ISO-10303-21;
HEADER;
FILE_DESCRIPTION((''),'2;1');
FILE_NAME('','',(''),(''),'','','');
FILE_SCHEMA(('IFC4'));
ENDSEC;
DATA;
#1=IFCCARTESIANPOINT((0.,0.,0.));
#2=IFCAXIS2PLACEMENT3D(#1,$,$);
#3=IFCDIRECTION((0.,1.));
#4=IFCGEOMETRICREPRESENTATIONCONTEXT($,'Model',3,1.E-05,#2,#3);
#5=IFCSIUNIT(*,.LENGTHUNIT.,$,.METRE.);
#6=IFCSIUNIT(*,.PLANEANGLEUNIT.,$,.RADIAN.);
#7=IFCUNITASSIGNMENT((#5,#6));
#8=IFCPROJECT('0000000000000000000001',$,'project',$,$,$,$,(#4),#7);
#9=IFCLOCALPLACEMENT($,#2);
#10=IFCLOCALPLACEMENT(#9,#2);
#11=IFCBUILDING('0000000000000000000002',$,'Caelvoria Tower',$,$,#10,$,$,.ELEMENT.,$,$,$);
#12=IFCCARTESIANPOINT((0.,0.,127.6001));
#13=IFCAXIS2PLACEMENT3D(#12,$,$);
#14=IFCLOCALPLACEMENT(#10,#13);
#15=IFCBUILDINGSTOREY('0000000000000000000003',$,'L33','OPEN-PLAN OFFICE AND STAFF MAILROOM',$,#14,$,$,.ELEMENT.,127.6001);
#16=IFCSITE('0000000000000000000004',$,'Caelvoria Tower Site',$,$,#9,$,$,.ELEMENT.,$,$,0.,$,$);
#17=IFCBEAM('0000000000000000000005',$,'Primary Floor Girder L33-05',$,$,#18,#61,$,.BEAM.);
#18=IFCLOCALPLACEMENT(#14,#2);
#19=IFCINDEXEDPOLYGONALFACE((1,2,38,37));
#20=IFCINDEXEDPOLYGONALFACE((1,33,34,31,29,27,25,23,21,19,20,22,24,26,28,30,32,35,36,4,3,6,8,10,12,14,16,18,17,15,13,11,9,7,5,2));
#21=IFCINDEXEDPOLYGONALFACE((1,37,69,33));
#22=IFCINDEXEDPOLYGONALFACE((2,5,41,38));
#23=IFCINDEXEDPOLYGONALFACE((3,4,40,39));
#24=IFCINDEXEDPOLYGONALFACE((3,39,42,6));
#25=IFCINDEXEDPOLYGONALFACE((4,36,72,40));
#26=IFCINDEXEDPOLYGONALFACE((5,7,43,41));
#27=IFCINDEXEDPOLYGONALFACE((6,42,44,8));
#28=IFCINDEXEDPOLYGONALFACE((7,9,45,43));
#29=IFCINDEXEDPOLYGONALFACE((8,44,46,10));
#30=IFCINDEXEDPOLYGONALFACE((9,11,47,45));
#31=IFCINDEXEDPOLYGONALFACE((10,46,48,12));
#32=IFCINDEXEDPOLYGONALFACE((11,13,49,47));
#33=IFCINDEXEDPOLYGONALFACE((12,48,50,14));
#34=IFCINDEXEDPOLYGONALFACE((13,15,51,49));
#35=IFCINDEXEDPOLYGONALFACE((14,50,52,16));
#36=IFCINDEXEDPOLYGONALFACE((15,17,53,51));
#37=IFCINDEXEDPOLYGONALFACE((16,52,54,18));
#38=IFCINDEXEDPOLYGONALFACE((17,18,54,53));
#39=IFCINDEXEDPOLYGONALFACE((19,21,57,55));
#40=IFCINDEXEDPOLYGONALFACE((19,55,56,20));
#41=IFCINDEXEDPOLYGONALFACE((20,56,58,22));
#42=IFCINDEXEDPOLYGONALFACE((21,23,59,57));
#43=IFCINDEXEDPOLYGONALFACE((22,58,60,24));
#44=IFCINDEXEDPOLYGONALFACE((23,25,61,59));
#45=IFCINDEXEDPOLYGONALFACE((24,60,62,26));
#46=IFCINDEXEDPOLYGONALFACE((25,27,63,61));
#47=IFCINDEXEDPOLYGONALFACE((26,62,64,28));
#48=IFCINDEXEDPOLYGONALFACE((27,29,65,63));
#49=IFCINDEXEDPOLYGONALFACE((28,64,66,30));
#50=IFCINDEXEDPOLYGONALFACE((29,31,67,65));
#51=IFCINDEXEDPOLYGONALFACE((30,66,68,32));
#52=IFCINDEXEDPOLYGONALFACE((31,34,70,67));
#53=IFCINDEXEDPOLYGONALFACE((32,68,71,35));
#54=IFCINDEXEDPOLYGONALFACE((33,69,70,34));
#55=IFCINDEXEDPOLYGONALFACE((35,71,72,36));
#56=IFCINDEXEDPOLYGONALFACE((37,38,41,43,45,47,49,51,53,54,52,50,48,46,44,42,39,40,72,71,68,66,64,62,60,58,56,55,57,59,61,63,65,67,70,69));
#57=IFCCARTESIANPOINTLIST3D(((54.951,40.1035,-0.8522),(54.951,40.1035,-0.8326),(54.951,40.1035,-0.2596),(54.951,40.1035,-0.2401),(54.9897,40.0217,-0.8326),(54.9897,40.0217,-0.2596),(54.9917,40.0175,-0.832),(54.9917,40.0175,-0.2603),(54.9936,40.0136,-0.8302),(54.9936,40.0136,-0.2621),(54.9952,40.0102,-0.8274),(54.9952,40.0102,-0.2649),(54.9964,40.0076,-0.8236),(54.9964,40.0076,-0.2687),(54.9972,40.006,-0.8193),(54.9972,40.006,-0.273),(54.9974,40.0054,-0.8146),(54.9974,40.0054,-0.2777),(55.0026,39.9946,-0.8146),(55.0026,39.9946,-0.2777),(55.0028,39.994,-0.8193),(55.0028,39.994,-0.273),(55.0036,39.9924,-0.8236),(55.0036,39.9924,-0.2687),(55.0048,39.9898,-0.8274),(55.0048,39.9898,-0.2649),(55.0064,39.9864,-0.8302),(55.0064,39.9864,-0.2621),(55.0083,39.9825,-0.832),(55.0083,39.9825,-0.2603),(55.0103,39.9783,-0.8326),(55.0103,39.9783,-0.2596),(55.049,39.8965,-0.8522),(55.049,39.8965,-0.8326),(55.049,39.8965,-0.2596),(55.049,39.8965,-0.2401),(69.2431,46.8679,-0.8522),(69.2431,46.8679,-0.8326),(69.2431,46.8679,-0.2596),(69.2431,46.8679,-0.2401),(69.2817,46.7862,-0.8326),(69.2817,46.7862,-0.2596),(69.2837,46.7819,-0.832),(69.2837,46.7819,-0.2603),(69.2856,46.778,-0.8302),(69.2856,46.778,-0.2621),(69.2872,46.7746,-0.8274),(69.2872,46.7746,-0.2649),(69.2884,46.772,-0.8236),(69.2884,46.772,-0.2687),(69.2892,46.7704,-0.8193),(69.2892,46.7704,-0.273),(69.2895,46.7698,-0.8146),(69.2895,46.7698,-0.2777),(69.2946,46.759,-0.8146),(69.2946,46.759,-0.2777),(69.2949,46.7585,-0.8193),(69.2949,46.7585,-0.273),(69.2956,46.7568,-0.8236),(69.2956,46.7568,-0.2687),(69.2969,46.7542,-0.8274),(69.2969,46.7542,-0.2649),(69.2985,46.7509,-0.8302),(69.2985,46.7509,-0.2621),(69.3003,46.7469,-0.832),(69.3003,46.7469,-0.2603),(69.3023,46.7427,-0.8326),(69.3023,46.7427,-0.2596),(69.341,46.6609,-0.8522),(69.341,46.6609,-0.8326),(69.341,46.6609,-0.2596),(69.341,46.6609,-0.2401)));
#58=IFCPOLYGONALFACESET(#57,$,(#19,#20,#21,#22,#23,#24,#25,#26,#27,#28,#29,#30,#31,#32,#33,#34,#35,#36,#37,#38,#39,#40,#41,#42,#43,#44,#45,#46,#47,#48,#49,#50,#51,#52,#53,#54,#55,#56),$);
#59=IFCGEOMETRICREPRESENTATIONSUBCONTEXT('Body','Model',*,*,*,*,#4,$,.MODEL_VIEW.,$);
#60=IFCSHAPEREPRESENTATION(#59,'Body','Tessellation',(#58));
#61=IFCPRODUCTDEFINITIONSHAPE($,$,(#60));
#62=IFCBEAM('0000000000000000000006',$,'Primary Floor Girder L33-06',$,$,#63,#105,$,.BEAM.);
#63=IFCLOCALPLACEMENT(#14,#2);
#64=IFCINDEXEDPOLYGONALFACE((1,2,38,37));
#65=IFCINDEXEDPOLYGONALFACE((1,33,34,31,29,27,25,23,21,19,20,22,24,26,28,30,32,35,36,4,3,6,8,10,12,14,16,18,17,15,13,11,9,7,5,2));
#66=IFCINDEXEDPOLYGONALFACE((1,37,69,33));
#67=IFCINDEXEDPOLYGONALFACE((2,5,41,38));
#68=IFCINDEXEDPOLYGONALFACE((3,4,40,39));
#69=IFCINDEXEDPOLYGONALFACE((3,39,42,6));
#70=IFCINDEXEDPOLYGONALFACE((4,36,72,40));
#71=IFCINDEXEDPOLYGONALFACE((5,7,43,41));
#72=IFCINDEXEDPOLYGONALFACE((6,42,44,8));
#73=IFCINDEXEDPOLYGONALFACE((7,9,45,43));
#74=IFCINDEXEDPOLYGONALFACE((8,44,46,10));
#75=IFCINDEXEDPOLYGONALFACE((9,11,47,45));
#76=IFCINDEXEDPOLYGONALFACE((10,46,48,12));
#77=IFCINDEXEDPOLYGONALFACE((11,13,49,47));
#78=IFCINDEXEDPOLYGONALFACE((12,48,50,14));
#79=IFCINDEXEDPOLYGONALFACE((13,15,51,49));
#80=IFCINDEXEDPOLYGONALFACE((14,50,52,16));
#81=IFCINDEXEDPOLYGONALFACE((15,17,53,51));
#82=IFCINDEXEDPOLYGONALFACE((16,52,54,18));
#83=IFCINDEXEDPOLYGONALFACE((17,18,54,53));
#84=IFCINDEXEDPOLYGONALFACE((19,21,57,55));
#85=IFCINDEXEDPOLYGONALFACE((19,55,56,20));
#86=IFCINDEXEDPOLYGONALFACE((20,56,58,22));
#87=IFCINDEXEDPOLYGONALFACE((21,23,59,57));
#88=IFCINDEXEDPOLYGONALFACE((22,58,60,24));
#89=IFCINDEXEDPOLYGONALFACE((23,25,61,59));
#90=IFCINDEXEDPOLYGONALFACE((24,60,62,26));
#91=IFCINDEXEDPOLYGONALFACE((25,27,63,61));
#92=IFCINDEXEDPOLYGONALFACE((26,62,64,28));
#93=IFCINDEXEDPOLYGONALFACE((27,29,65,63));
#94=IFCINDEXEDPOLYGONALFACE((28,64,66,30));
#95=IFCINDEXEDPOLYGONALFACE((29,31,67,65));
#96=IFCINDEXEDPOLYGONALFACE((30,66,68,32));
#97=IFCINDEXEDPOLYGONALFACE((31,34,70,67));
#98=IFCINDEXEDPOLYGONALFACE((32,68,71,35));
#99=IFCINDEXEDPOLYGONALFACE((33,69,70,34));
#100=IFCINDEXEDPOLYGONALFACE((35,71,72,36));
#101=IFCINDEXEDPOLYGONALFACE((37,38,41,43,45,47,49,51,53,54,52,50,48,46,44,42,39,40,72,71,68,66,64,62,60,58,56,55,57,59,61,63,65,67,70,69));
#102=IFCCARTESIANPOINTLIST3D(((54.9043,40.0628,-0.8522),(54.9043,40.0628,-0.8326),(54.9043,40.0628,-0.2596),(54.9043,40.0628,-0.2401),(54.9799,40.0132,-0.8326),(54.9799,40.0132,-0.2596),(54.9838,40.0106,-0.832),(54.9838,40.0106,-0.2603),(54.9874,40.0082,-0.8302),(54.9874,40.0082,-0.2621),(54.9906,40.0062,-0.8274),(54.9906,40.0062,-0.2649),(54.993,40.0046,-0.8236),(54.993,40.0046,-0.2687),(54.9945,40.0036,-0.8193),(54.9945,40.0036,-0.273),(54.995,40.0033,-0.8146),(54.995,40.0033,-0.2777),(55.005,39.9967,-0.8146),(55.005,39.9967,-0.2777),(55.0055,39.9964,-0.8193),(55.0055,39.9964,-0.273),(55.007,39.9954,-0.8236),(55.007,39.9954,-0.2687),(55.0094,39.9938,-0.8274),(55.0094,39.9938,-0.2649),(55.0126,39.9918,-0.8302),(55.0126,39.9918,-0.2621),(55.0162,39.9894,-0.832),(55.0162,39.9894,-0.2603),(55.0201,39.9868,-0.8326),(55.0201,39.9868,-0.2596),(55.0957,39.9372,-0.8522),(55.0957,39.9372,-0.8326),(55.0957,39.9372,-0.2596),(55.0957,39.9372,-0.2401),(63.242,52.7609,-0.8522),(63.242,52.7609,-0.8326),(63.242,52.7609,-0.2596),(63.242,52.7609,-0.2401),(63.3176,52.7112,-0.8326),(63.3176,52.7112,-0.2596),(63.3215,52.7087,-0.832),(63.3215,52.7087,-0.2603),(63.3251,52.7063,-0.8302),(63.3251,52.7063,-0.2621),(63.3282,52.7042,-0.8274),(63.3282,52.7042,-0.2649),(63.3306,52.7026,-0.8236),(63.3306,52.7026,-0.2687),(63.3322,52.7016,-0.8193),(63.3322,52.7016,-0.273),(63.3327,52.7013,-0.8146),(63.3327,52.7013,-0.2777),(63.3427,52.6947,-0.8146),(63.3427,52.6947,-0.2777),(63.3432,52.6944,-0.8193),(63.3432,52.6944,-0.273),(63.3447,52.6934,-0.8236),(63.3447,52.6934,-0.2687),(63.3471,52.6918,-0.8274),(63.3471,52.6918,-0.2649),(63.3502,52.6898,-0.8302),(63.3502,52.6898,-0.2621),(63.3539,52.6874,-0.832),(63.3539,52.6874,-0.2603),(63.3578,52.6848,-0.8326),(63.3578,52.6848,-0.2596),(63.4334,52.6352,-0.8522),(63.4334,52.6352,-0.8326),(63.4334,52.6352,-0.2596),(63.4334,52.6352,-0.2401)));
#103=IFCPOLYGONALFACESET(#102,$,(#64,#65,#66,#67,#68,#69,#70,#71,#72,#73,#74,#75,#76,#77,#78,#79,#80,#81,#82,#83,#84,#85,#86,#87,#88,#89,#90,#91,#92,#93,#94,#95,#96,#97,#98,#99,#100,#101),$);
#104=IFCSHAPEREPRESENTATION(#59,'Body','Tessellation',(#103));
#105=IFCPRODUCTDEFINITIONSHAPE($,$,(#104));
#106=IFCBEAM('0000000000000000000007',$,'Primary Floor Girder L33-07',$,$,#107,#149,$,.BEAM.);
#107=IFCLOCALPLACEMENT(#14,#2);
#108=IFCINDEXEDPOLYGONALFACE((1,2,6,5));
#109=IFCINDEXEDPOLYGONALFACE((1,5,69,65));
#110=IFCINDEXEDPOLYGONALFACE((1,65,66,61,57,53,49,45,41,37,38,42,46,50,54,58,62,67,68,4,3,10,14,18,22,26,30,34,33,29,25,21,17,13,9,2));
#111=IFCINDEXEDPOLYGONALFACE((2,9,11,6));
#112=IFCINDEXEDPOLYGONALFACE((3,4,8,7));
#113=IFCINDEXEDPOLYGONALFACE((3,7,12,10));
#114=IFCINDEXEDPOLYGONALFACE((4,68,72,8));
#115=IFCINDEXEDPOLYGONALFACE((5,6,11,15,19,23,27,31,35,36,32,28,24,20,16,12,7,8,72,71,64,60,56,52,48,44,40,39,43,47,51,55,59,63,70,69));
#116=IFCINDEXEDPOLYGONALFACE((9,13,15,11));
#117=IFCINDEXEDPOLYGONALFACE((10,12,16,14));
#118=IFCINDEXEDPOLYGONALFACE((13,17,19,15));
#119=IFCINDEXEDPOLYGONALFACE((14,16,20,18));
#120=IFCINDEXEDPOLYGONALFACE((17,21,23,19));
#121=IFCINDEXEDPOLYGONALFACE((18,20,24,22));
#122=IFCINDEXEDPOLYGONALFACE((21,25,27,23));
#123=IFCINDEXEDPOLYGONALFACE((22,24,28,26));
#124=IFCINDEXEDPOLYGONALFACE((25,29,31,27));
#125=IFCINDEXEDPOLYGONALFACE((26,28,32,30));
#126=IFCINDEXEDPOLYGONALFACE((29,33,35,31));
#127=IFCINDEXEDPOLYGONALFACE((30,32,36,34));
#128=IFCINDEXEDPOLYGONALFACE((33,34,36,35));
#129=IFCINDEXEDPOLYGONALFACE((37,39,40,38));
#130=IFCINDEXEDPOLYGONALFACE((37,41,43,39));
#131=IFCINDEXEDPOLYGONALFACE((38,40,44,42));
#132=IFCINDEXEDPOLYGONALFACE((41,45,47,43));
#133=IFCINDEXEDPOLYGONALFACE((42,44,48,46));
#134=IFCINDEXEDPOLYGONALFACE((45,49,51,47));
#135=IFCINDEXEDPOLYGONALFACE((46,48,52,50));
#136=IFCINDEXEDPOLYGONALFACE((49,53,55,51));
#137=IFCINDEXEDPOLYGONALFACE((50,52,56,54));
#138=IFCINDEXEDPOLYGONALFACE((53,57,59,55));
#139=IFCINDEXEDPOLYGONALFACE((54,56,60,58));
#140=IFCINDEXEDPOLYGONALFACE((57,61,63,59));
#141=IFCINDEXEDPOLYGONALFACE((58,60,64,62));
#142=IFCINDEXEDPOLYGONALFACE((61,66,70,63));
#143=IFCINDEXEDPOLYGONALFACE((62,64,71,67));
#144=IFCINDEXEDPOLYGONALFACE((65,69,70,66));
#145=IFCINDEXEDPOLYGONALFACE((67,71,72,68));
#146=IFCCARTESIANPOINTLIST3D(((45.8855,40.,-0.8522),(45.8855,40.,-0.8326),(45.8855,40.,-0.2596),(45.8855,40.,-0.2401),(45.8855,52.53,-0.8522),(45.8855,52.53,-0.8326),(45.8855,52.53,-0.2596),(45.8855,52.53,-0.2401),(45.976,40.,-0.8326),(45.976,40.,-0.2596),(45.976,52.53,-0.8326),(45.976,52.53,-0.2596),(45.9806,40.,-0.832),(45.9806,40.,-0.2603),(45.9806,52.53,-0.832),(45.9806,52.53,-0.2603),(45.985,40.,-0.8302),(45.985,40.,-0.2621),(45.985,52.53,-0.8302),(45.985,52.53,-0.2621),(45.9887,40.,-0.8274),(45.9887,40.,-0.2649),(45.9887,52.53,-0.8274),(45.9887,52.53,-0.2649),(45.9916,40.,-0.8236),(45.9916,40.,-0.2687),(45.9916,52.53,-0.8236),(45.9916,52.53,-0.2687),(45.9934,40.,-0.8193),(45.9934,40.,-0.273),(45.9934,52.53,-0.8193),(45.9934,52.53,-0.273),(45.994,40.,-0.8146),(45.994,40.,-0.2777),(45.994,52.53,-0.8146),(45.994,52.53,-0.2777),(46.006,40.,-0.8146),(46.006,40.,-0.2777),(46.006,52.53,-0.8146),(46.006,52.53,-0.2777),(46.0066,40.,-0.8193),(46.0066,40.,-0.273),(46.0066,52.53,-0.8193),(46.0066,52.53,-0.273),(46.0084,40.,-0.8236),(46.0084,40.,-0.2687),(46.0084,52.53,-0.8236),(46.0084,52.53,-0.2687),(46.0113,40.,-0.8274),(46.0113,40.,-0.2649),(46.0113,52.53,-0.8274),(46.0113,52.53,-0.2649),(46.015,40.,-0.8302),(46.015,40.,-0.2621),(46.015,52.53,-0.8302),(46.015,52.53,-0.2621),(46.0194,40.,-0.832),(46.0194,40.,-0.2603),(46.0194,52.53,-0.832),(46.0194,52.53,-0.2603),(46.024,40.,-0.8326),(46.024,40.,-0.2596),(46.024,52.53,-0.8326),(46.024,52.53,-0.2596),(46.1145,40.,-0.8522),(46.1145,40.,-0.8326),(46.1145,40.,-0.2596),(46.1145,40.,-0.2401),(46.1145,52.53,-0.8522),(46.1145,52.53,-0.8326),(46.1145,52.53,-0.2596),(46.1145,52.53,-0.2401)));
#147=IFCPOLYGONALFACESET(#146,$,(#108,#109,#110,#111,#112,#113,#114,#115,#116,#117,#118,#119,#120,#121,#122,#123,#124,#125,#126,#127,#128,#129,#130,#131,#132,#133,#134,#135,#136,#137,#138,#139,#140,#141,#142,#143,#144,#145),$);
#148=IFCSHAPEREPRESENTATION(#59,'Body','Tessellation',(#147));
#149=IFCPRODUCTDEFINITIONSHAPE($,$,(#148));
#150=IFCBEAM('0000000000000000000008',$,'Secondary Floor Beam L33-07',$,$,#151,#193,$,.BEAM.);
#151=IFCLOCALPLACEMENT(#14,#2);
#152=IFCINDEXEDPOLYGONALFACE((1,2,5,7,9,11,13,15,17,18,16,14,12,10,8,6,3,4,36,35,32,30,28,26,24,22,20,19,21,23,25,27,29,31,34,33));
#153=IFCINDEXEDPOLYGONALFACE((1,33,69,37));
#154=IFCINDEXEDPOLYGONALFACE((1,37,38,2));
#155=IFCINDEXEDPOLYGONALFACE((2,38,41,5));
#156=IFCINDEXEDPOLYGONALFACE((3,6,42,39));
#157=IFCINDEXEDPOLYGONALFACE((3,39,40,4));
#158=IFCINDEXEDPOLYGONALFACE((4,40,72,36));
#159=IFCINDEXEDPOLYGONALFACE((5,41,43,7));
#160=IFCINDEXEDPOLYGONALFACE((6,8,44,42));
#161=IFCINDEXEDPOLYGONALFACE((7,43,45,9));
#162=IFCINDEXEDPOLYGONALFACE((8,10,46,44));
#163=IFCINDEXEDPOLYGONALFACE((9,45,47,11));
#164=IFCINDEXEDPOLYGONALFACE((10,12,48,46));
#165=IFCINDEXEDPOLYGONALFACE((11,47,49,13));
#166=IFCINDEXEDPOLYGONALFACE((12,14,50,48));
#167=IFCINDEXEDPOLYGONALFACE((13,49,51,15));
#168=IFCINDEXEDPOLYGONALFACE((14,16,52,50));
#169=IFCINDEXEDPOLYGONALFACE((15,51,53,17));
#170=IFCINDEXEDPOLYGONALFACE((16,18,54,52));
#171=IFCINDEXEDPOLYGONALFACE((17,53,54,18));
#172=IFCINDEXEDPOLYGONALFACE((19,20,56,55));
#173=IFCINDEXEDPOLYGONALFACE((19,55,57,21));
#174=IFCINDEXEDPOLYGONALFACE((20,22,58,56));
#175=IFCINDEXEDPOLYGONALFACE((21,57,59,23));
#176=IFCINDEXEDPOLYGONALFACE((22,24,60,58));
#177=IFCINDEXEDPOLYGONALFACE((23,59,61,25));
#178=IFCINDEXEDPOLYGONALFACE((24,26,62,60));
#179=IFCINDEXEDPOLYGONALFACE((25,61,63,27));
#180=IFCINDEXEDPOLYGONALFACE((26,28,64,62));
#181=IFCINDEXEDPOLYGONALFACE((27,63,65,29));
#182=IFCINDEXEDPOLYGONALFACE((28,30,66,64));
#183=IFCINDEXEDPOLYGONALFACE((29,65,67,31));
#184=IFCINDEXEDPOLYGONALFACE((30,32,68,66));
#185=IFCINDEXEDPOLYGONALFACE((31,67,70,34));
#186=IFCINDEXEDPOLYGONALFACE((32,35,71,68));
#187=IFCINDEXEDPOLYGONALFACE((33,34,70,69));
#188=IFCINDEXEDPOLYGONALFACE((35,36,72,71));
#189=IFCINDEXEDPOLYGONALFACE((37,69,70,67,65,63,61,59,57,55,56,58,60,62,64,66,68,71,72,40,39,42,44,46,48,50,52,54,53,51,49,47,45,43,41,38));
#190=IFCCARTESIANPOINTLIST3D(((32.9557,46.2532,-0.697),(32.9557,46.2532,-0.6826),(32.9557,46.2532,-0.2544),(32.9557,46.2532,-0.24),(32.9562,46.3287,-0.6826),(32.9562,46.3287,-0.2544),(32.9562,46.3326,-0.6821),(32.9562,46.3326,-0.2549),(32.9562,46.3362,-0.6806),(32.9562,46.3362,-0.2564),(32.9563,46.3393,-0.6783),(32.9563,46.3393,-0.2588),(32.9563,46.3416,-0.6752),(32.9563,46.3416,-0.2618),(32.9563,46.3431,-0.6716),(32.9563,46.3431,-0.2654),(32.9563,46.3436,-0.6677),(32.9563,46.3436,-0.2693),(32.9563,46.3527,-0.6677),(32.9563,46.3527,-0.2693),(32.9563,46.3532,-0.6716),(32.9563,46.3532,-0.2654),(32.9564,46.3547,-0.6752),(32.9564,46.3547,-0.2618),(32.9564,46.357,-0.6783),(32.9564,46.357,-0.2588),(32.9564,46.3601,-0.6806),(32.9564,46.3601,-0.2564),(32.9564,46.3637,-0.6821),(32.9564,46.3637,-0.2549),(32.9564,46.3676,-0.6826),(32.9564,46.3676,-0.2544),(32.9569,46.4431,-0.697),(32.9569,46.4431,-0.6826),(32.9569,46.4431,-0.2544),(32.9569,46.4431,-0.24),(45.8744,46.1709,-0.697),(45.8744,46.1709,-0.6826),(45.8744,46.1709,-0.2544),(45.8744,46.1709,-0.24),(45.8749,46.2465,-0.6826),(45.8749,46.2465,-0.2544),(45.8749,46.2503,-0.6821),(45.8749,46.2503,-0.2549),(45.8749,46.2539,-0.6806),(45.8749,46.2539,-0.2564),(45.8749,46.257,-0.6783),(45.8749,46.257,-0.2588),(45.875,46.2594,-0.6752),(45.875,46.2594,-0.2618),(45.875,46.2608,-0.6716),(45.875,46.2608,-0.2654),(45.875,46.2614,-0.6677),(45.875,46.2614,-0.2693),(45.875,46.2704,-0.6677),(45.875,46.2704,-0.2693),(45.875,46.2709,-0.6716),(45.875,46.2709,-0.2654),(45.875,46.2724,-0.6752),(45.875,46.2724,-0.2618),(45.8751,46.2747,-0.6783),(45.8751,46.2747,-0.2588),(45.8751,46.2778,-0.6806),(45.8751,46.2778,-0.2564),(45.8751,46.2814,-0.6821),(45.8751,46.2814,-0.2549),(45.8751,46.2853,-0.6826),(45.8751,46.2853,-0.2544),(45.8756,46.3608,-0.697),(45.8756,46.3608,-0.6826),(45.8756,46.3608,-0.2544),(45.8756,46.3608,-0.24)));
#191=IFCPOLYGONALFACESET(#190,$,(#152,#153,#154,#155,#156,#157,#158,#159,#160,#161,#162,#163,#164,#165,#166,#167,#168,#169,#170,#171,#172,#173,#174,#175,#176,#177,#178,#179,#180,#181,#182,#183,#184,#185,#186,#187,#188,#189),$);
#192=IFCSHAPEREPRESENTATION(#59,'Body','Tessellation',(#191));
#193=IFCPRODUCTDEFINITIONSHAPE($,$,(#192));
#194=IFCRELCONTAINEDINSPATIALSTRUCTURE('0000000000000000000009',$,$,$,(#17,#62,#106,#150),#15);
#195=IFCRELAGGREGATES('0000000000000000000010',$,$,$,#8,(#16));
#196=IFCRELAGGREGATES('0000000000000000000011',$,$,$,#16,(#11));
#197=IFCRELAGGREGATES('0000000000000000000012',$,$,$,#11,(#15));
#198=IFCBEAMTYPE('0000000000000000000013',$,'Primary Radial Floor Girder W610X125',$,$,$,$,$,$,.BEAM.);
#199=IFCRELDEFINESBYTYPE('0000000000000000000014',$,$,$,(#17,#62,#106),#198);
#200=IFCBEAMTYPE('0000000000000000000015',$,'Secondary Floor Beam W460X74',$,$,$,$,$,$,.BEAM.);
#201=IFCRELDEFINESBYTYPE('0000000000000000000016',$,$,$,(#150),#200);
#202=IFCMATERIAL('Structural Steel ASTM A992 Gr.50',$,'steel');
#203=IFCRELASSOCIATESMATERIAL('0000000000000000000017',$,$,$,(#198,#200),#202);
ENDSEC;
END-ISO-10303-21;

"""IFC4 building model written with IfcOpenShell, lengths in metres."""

from ifc_helpers import new_model, si_unit, direction, frame, origin, origin_2d, place, context, subcontext, project, spatial, i_section, extrude, material, material_profile, profile_set, type_object, element, save


model = new_model("IFC4")

# Units and contexts
model_context = context("Model", 3, precision=1e-05, world=origin(), true_north=direction((0.0, 1.0)))
body_context = subcontext(model_context, "Body", "Model", "MODEL_VIEW")
ifc_project = project(units=[si_unit("LENGTHUNIT", "METRE"), si_unit("PLANEANGLEUNIT", "RADIAN")], contexts=[model_context])

# Site, building, storey
site_placement = place(None, origin())
site = spatial("IfcSite", under=ifc_project, at=site_placement, Name="Caelvoria Tower Site", CompositionType="ELEMENT", RefElevation=0.0)
building_placement = place(site_placement, origin())
building = spatial("IfcBuilding", under=site, at=building_placement, Name="Caelvoria Tower", CompositionType="ELEMENT")
storey_placement = place(building_placement, frame((0.0, 0.0, 127.6001)))
storey = spatial("IfcBuildingStorey", under=building, at=storey_placement, Name="L33", Description="OPEN-PLAN OFFICE AND STAFF MAILROOM", CompositionType="ELEMENT", Elevation=127.6001)

# Beams
ifc_material_1 = material(Name="Structural Steel ASTM A992 Gr.50", Category="steel")
ifc_material_profile_1 = material_profile(ifc_material_1, i_section(OverallWidth=0.229, OverallDepth=0.6121, WebThickness=0.012, FlangeThickness=0.0195, FilletRadius=0.0181, at=origin_2d()), Name="Structural Steel ASTM A992 Gr.50")
ifc_profile_set_1 = profile_set([ifc_material_profile_1], Name="W610X125 - Structural Steel ASTM A992 Gr.50")
beam_type_1 = type_object("IfcBeamType", Name="Primary Radial Floor Girder W610X125", PredefinedType="BEAM", material=ifc_profile_set_1)
beam_1_placement = place(storey_placement, frame((55.0, 40.0, -0.5461), z_axis=(0.903872, 0.427803, 0.0), x_axis=(-0.427803, 0.903872, 0.0)))
element("IfcBeam", 1, at=beam_1_placement, inside=storey, type_object=beam_type_1, Name="Primary Floor Girder L33-05", PredefinedType="BEAM", context=body_context, shape_type="SweptSolid", body=[
    extrude(i_section(OverallWidth=0.229, OverallDepth=0.6121, WebThickness=0.012, FlangeThickness=0.0195, FilletRadius=0.0181, at=origin_2d()), origin(), (0.0, 0.0, 1.0), 15.812),
])
beam_2_placement = place(storey_placement, frame((55.0, 40.0, -0.5461), z_axis=(0.548867, 0.835909, 0.0), x_axis=(-0.835909, 0.548867, 0.0)))
element("IfcBeam", 2, at=beam_2_placement, inside=storey, type_object=beam_type_1, Name="Primary Floor Girder L33-06", PredefinedType="BEAM", context=body_context, shape_type="SweptSolid", body=[
    extrude(i_section(OverallWidth=0.229, OverallDepth=0.6121, WebThickness=0.012, FlangeThickness=0.0195, FilletRadius=0.0181, at=origin_2d()), origin(), (0.0, 0.0, 1.0), 15.1907),
])
beam_3_placement = place(storey_placement, frame((46.0, 40.0, -0.5461), z_axis=(0.0, 1.0, 0.0), x_axis=(-1.0, 0.0, 0.0)))
element("IfcBeam", 3, at=beam_3_placement, inside=storey, type_object=beam_type_1, Name="Primary Floor Girder L33-07", PredefinedType="BEAM", context=body_context, shape_type="SweptSolid", body=[
    extrude(i_section(OverallWidth=0.229, OverallDepth=0.6121, WebThickness=0.012, FlangeThickness=0.0195, FilletRadius=0.0181, at=origin_2d()), origin(), (0.0, 0.0, 1.0), 12.53),
])
ifc_material_profile_2 = material_profile(ifc_material_1, i_section(OverallWidth=0.1899, OverallDepth=0.457, WebThickness=0.009, FlangeThickness=0.0144, FilletRadius=0.0149, at=origin_2d()), Name="Structural Steel ASTM A992 Gr.50")
ifc_profile_set_2 = profile_set([ifc_material_profile_2], Name="W460X74 - Structural Steel ASTM A992 Gr.50")
beam_type_2 = type_object("IfcBeamType", Name="Secondary Floor Beam W460X74", PredefinedType="BEAM", material=ifc_profile_set_2)
beam_4_placement = place(storey_placement, frame((45.875, 46.2659, -0.4685), z_axis=(-0.99998, 0.006369, 0.0), x_axis=(-0.006369, -0.99998, 0.0)))
element("IfcBeam", 4, at=beam_4_placement, inside=storey, type_object=beam_type_2, Name="Secondary Floor Beam L33-07", PredefinedType="BEAM", context=body_context, shape_type="SweptSolid", body=[
    extrude(i_section(OverallWidth=0.1899, OverallDepth=0.457, WebThickness=0.009, FlangeThickness=0.0144, FilletRadius=0.0149, at=origin_2d()), origin(), (0.0, 0.0, 1.0), 12.9189),
])

save(model, "model.ifc")
